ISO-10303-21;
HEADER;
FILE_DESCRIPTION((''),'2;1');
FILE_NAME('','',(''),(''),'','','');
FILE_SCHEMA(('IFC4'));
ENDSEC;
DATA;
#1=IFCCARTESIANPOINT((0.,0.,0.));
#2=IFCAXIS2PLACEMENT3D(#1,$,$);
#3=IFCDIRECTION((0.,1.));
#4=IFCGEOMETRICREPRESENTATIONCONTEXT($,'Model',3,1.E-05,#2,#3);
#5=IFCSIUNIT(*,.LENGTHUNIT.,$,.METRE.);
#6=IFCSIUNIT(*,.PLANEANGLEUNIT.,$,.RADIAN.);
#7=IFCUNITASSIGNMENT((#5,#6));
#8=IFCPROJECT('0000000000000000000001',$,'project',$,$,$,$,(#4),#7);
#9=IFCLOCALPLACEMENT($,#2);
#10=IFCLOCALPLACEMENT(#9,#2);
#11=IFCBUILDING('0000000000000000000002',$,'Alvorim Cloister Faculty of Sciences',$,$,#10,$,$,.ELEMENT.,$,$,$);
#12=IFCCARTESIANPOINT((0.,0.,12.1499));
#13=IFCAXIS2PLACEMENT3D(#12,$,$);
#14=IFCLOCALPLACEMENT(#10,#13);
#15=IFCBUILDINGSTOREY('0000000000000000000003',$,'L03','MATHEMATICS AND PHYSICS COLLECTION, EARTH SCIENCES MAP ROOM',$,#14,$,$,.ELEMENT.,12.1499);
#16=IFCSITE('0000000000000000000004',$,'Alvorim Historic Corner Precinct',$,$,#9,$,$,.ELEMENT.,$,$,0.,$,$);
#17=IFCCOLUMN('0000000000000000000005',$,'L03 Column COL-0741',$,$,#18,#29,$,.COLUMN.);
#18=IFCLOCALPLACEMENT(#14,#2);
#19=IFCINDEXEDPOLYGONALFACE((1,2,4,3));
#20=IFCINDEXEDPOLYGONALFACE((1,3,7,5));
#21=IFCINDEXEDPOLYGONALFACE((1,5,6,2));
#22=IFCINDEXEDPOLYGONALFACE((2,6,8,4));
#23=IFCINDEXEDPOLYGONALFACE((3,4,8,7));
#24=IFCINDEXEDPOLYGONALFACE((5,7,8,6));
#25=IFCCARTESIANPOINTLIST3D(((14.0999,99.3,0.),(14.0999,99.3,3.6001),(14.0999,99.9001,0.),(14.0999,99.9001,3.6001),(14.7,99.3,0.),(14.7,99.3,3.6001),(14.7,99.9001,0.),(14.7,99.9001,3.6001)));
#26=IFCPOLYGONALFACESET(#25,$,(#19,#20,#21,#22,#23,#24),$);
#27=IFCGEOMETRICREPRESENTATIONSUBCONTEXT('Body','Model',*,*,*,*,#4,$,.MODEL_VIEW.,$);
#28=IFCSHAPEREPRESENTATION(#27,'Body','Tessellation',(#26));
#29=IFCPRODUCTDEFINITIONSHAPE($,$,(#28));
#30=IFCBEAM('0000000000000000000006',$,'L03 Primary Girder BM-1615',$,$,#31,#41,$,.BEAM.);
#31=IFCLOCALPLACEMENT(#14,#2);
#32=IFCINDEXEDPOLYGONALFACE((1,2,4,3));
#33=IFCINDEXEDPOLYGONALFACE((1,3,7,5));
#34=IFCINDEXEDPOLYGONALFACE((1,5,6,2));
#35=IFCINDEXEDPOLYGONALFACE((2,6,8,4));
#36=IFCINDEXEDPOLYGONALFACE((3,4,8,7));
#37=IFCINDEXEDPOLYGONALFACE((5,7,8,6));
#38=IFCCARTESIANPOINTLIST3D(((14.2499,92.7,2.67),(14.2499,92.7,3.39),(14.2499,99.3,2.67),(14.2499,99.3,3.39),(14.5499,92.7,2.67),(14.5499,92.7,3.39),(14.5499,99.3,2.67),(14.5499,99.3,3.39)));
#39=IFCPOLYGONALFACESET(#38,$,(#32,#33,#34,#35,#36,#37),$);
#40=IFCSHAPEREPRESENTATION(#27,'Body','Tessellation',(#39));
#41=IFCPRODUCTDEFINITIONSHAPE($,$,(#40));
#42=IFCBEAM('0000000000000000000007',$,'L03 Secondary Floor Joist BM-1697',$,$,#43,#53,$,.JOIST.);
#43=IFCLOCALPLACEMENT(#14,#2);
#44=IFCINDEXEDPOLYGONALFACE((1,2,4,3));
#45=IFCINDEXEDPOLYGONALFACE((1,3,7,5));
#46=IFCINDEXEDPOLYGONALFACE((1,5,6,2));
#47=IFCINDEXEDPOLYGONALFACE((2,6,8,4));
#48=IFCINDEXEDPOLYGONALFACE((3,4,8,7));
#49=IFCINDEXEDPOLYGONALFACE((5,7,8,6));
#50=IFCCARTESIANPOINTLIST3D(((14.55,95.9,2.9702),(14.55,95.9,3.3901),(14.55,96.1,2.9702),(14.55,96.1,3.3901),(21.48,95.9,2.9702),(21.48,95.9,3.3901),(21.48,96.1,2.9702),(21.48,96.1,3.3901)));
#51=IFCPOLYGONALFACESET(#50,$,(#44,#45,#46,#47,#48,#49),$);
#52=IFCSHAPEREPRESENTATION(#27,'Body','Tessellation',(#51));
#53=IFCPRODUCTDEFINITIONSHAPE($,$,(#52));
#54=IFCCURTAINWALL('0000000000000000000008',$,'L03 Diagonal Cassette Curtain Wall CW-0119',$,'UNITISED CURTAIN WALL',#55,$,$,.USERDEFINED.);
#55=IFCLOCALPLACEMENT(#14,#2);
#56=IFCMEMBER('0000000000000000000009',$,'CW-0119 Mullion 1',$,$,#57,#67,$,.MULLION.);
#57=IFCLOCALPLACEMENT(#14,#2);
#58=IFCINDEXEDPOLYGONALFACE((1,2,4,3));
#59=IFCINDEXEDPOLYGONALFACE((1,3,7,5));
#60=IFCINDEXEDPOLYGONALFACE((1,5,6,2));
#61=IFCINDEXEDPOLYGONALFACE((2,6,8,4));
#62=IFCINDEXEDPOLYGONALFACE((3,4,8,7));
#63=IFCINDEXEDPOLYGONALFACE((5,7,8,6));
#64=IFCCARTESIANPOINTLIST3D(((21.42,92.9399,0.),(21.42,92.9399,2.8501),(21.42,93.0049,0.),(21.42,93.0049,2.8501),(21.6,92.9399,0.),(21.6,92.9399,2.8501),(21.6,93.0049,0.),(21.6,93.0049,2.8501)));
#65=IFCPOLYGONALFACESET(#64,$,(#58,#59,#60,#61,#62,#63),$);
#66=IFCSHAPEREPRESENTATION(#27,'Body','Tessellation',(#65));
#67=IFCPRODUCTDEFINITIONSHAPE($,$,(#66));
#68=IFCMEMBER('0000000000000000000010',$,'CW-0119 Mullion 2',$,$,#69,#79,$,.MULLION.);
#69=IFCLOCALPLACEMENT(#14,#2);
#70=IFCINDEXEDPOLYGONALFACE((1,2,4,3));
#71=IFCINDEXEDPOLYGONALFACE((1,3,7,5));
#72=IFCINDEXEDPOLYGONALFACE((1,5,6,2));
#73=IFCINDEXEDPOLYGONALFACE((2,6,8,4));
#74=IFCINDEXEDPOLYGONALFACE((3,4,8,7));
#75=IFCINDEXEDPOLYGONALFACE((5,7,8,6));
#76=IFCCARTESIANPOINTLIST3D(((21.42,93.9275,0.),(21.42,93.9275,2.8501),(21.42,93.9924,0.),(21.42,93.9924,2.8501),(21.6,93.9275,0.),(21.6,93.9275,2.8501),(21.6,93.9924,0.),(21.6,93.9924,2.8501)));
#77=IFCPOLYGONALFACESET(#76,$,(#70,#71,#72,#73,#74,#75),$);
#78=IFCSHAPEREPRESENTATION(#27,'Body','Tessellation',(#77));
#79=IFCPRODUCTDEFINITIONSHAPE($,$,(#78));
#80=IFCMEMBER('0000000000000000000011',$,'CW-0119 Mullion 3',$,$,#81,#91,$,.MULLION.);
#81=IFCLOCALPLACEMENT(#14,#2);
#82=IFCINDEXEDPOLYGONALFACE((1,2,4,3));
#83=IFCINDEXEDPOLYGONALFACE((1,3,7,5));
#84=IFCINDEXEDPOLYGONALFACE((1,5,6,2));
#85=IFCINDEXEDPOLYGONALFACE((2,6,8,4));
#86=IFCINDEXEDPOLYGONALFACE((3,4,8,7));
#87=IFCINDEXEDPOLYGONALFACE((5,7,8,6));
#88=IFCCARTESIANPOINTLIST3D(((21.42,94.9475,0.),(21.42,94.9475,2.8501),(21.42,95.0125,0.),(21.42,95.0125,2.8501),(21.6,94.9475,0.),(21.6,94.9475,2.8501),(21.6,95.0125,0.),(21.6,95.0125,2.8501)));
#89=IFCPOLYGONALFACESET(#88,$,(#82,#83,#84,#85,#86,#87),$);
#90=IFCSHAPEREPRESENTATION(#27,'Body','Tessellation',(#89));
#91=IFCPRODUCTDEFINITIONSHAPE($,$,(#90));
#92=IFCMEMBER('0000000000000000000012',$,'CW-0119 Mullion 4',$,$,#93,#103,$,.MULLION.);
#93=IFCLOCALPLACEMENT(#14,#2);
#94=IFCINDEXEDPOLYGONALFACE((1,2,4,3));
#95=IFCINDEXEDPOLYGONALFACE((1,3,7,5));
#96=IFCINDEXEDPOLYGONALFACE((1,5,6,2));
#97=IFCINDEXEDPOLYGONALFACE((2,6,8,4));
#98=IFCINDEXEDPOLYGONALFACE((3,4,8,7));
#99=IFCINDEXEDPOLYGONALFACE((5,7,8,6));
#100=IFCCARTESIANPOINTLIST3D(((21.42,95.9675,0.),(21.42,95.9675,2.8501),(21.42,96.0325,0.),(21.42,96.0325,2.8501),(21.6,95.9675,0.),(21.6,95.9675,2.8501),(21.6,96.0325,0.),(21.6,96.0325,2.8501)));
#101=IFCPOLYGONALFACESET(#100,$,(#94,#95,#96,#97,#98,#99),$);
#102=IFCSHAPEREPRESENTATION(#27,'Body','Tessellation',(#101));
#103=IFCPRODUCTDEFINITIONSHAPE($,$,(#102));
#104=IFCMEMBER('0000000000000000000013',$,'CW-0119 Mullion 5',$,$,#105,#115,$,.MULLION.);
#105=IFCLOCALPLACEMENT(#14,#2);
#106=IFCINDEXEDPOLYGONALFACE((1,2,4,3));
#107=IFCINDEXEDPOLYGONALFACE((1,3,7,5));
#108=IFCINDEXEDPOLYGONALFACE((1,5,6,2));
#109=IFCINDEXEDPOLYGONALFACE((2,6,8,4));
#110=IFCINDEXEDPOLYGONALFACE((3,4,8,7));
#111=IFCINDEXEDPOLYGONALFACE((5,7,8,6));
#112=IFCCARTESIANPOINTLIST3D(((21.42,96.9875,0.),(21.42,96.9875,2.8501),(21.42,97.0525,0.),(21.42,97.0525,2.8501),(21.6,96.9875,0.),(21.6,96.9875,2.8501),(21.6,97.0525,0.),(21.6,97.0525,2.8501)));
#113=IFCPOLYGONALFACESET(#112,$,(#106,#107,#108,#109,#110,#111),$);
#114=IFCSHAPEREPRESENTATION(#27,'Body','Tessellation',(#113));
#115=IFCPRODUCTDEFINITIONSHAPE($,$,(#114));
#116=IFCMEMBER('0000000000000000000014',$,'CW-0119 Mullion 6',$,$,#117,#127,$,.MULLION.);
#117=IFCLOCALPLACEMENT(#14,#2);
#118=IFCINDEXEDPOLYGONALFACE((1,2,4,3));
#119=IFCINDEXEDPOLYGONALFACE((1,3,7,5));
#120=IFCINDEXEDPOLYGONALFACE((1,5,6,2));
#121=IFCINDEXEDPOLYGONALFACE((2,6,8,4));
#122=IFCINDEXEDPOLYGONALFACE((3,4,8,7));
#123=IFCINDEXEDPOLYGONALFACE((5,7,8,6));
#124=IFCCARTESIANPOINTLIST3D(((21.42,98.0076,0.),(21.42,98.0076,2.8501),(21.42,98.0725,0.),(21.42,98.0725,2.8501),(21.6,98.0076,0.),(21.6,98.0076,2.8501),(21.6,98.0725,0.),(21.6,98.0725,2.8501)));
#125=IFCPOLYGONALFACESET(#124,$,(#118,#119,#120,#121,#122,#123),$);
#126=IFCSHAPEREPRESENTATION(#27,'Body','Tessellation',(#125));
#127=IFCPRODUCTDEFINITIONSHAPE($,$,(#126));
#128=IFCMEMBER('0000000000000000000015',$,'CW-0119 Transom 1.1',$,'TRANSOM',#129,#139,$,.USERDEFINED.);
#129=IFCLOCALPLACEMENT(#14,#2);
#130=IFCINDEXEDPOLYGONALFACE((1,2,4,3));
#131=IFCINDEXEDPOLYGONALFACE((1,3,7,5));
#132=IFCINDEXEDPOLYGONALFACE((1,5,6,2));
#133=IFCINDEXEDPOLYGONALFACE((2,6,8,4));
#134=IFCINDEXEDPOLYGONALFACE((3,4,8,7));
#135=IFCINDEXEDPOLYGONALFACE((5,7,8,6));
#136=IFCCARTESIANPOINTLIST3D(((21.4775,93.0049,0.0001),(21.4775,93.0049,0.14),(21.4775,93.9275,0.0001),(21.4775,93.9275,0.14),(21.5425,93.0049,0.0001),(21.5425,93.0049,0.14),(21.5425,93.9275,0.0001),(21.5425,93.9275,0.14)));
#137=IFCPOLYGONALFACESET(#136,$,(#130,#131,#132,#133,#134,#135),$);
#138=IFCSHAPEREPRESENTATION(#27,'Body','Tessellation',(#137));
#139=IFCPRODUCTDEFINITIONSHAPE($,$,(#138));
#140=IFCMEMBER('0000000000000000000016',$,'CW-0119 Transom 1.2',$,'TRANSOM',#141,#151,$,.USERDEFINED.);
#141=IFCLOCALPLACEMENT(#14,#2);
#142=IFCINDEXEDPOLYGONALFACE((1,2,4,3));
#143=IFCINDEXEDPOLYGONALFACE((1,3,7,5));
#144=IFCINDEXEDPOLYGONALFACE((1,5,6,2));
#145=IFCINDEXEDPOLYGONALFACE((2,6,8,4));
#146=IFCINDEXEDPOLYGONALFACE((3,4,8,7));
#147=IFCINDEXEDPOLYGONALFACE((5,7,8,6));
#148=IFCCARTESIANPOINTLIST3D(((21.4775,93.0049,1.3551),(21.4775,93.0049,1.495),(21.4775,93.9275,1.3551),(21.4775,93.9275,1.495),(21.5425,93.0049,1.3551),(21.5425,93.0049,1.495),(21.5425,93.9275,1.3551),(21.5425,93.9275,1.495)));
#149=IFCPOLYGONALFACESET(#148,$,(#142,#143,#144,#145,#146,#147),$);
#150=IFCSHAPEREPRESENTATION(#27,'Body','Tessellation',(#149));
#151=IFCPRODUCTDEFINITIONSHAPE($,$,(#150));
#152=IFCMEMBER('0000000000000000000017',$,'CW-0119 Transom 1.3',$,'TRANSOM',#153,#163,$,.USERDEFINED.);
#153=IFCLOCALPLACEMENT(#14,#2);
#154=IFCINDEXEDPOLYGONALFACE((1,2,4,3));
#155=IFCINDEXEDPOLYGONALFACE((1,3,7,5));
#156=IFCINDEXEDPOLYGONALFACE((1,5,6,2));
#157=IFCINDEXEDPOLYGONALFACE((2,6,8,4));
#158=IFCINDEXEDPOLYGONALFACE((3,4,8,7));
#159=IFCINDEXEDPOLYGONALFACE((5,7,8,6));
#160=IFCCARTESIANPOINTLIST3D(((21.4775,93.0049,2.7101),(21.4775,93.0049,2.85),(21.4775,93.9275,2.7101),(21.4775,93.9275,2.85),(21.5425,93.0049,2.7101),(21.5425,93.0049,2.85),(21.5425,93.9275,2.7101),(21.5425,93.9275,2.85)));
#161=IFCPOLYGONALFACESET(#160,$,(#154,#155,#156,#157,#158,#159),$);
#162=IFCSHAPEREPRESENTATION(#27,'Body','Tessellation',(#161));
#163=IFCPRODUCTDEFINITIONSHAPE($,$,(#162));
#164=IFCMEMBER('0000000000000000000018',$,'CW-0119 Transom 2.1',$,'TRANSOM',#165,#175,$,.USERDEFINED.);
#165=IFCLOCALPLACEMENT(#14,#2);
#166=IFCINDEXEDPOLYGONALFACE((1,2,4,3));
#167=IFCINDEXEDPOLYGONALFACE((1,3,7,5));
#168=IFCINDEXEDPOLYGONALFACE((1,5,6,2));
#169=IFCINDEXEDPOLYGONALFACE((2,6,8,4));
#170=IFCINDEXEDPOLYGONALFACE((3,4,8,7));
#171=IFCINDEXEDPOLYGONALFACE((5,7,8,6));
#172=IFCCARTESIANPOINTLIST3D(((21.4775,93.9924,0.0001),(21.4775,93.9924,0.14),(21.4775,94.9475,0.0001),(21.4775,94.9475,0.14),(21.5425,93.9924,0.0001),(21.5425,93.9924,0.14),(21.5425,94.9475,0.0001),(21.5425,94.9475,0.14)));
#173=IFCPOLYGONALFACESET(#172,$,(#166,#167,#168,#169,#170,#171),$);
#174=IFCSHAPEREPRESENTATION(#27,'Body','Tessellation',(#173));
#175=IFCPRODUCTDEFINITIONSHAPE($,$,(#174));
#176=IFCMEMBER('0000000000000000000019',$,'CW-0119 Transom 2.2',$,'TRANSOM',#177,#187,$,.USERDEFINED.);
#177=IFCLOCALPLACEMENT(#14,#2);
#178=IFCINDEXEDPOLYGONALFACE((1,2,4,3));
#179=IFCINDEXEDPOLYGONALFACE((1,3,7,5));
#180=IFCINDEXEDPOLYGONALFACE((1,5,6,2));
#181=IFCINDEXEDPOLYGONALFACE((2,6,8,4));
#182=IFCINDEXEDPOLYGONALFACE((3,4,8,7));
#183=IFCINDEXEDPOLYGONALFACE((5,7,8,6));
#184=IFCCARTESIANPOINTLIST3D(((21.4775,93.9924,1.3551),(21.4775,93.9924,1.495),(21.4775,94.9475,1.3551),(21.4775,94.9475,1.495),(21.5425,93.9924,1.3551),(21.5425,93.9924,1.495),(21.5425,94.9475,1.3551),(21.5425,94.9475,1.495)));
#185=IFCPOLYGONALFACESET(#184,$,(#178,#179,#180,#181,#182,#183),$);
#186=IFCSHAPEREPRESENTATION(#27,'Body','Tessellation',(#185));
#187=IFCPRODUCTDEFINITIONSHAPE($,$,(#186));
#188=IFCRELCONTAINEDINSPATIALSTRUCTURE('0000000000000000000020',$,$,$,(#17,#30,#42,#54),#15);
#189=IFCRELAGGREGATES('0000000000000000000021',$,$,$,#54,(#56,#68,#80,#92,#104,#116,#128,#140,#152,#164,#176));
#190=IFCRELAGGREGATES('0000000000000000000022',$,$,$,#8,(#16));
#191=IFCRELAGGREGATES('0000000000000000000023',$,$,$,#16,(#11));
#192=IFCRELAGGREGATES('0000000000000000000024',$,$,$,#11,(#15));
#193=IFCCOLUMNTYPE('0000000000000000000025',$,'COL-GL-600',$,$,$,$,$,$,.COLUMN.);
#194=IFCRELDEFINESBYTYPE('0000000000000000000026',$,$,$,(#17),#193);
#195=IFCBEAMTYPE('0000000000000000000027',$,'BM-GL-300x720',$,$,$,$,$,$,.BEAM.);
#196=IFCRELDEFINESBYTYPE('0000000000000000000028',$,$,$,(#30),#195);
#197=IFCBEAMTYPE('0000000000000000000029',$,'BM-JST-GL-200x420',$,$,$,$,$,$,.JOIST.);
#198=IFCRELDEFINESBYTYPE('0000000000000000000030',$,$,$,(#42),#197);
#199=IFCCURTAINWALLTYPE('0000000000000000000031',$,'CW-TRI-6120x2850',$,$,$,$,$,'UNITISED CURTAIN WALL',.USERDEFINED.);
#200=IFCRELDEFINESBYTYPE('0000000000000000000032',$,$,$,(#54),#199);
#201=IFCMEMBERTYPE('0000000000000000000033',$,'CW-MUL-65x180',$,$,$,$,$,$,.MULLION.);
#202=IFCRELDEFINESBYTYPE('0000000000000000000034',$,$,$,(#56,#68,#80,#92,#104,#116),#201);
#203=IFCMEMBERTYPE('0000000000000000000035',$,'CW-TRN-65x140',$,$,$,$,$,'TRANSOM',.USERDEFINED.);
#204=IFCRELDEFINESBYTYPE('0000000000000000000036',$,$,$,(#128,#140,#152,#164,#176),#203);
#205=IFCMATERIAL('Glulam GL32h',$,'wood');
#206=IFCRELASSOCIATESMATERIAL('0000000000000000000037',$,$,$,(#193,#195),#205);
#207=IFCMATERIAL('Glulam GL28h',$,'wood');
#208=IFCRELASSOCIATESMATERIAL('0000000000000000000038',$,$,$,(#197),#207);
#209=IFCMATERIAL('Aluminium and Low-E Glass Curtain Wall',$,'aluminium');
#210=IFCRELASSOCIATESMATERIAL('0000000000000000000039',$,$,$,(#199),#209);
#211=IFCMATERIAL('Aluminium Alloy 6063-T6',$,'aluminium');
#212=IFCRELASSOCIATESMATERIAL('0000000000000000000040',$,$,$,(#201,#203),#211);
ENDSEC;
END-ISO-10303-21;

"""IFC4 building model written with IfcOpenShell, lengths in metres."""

from ifc_helpers import new_model, si_unit, direction, frame, origin, origin_2d, place, context, subcontext, project, spatial, rectangle, extrude, material, material_profile, profile_set, type_object, element, aggregate, save


model = new_model("IFC4")

# Units and contexts
model_context = context("Model", 3, precision=1e-05, world=origin(), true_north=direction((0.0, 1.0)))
body_context = subcontext(model_context, "Body", "Model", "MODEL_VIEW")
ifc_project = project(units=[si_unit("LENGTHUNIT", "METRE"), si_unit("PLANEANGLEUNIT", "RADIAN")], contexts=[model_context])

# Site, building, storey
site_placement = place(None, origin())
site = spatial("IfcSite", under=ifc_project, at=site_placement, Name="Alvorim Historic Corner Precinct", CompositionType="ELEMENT", RefElevation=0.0)
building_placement = place(site_placement, origin())
building = spatial("IfcBuilding", under=site, at=building_placement, Name="Alvorim Cloister Faculty of Sciences", CompositionType="ELEMENT")
storey_placement = place(building_placement, frame((0.0, 0.0, 12.1499)))
storey = spatial("IfcBuildingStorey", under=building, at=storey_placement, Name="L03", Description="MATHEMATICS AND PHYSICS COLLECTION, EARTH SCIENCES MAP ROOM", CompositionType="ELEMENT", Elevation=12.1499)

# Column
ifc_material_1 = material(Name="Glulam GL32h", Category="wood")
ifc_material_profile_1 = material_profile(ifc_material_1, rectangle(XDim=0.6001, YDim=0.6001, at=origin_2d()), Name="GL32-COL-600x600")
ifc_profile_set_1 = profile_set([ifc_material_profile_1], Name="Glulam GL32h")
column_type = type_object("IfcColumnType", Name="COL-GL-600", PredefinedType="COLUMN", material=ifc_profile_set_1)
column_placement = place(storey_placement, frame((14.3999, 99.6001, 0.0), z_axis=(0.0, 0.0, 1.0), x_axis=(1.0, 0.0, 0.0)))
element("IfcColumn", 1, at=column_placement, inside=storey, type_object=column_type, Name="L03 Column COL-0741", PredefinedType="COLUMN", context=body_context, shape_type="SweptSolid", body=[
    extrude(rectangle(XDim=0.6001, YDim=0.6001, at=origin_2d()), origin(), (0.0, 0.0, 1.0), 3.6001),
])

# Beams
ifc_material_profile_2 = material_profile(ifc_material_1, rectangle(XDim=0.3, YDim=0.72, at=origin_2d()), Name="GL32-BM-300x720")
ifc_profile_set_2 = profile_set([ifc_material_profile_2], Name="Glulam GL32h")
beam_type_1 = type_object("IfcBeamType", Name="BM-GL-300x720", PredefinedType="BEAM", material=ifc_profile_set_2)
beam_1_placement = place(storey_placement, frame((14.3999, 92.7, 3.03), z_axis=(0.0, 1.0, 0.0), x_axis=(-1.0, 0.0, 0.0)))
element("IfcBeam", 2, at=beam_1_placement, inside=storey, type_object=beam_type_1, Name="L03 Primary Girder BM-1615", PredefinedType="BEAM", context=body_context, shape_type="SweptSolid", body=[
    extrude(rectangle(XDim=0.3, YDim=0.72, at=origin_2d()), origin(), (0.0, 0.0, 1.0), 6.6001),
])
ifc_material_2 = material(Name="Glulam GL28h", Category="wood")
ifc_material_profile_3 = material_profile(ifc_material_2, rectangle(XDim=0.2, YDim=0.4199, at=origin_2d()), Name="GL28-JST-200x420")
ifc_profile_set_3 = profile_set([ifc_material_profile_3], Name="Glulam GL28h")
beam_type_2 = type_object("IfcBeamType", Name="BM-JST-GL-200x420", PredefinedType="JOIST", material=ifc_profile_set_3)
beam_2_placement = place(storey_placement, frame((14.55, 96.0, 3.1802), z_axis=(1.0, 0.0, 0.0), x_axis=(0.0, 1.0, 0.0)))
element("IfcBeam", 3, at=beam_2_placement, inside=storey, type_object=beam_type_2, Name="L03 Secondary Floor Joist BM-1697", PredefinedType="JOIST", context=body_context, shape_type="SweptSolid", body=[
    extrude(rectangle(XDim=0.2, YDim=0.4199, at=origin_2d()), origin(), (0.0, 0.0, 1.0), 6.9299),
])

# Curtain wall, members
ifc_material_3 = material(Name="Aluminium and Low-E Glass Curtain Wall", Category="aluminium")
curtain_wall_type = type_object("IfcCurtainWallType", Name="CW-TRI-6120x2850", ElementType="UNITISED CURTAIN WALL", PredefinedType="USERDEFINED", material=ifc_material_3)
curtain_wall_placement = place(storey_placement, origin())
curtain_wall = element("IfcCurtainWall", 4, at=curtain_wall_placement, inside=storey, type_object=curtain_wall_type, Name="L03 Diagonal Cassette Curtain Wall CW-0119", ObjectType="UNITISED CURTAIN WALL", PredefinedType="USERDEFINED")
ifc_material_4 = material(Name="Aluminium Alloy 6063-T6", Category="aluminium")
ifc_material_profile_4 = material_profile(ifc_material_4, rectangle(XDim=0.0649, YDim=0.1799, at=origin_2d()), Name="ALU-MUL-65x180")
ifc_profile_set_4 = profile_set([ifc_material_profile_4], Name="Aluminium Alloy 6063-T6")
member_type_1 = type_object("IfcMemberType", Name="CW-MUL-65x180", PredefinedType="MULLION", material=ifc_profile_set_4)
member_1_placement = place(storey_placement, frame((21.51, 92.9724, 0.0), z_axis=(0.0, 0.0, 1.0), x_axis=(0.0, 1.0, 0.0)))
member_1 = element("IfcMember", 5, at=member_1_placement, type_object=member_type_1, Name="CW-0119 Mullion 1", PredefinedType="MULLION", context=body_context, shape_type="SweptSolid", body=[
    extrude(rectangle(XDim=0.0649, YDim=0.1799, at=origin_2d()), origin(), (0.0, 0.0, 1.0), 2.8501),
])
member_2_placement = place(storey_placement, frame((21.51, 93.96, 0.0), z_axis=(0.0, 0.0, 1.0), x_axis=(0.0, 1.0, 0.0)))
member_2 = element("IfcMember", 6, at=member_2_placement, type_object=member_type_1, Name="CW-0119 Mullion 2", PredefinedType="MULLION", context=body_context, shape_type="SweptSolid", body=[
    extrude(rectangle(XDim=0.0649, YDim=0.1799, at=origin_2d()), origin(), (0.0, 0.0, 1.0), 2.8501),
])
member_3_placement = place(storey_placement, frame((21.51, 94.98, 0.0), z_axis=(0.0, 0.0, 1.0), x_axis=(0.0, 1.0, 0.0)))
member_3 = element("IfcMember", 7, at=member_3_placement, type_object=member_type_1, Name="CW-0119 Mullion 3", PredefinedType="MULLION", context=body_context, shape_type="SweptSolid", body=[
    extrude(rectangle(XDim=0.0649, YDim=0.1799, at=origin_2d()), origin(), (0.0, 0.0, 1.0), 2.8501),
])
member_4_placement = place(storey_placement, frame((21.51, 96.0, 0.0), z_axis=(0.0, 0.0, 1.0), x_axis=(0.0, 1.0, 0.0)))
member_4 = element("IfcMember", 8, at=member_4_placement, type_object=member_type_1, Name="CW-0119 Mullion 4", PredefinedType="MULLION", context=body_context, shape_type="SweptSolid", body=[
    extrude(rectangle(XDim=0.0649, YDim=0.1799, at=origin_2d()), origin(), (0.0, 0.0, 1.0), 2.8501),
])
member_5_placement = place(storey_placement, frame((21.51, 97.02, 0.0), z_axis=(0.0, 0.0, 1.0), x_axis=(0.0, 1.0, 0.0)))
member_5 = element("IfcMember", 9, at=member_5_placement, type_object=member_type_1, Name="CW-0119 Mullion 5", PredefinedType="MULLION", context=body_context, shape_type="SweptSolid", body=[
    extrude(rectangle(XDim=0.0649, YDim=0.1799, at=origin_2d()), origin(), (0.0, 0.0, 1.0), 2.8501),
])
member_6_placement = place(storey_placement, frame((21.51, 98.04, 0.0), z_axis=(0.0, 0.0, 1.0), x_axis=(0.0, 1.0, 0.0)))
member_6 = element("IfcMember", 10, at=member_6_placement, type_object=member_type_1, Name="CW-0119 Mullion 6", PredefinedType="MULLION", context=body_context, shape_type="SweptSolid", body=[
    extrude(rectangle(XDim=0.0649, YDim=0.1799, at=origin_2d()), origin(), (0.0, 0.0, 1.0), 2.8501),
])
ifc_material_profile_5 = material_profile(ifc_material_4, rectangle(XDim=0.0649, YDim=0.1399, at=origin_2d()), Name="ALU-TRN-65x140")
ifc_profile_set_5 = profile_set([ifc_material_profile_5], Name="Aluminium Alloy 6063-T6")
member_type_2 = type_object("IfcMemberType", Name="CW-TRN-65x140", ElementType="TRANSOM", PredefinedType="USERDEFINED", material=ifc_profile_set_5)
member_7_placement = place(storey_placement, frame((21.51, 93.0049, 0.0701), z_axis=(0.0, 1.0, 0.0), x_axis=(-1.0, 0.0, 0.0)))
member_7 = element("IfcMember", 11, at=member_7_placement, type_object=member_type_2, Name="CW-0119 Transom 1.1", ObjectType="TRANSOM", PredefinedType="USERDEFINED", context=body_context, shape_type="SweptSolid", body=[
    extrude(rectangle(XDim=0.0649, YDim=0.1399, at=origin_2d()), origin(), (0.0, 0.0, 1.0), 0.9226),
])
member_8_placement = place(storey_placement, frame((21.51, 93.0049, 1.425), z_axis=(0.0, 1.0, 0.0), x_axis=(-1.0, 0.0, 0.0)))
member_8 = element("IfcMember", 12, at=member_8_placement, type_object=member_type_2, Name="CW-0119 Transom 1.2", ObjectType="TRANSOM", PredefinedType="USERDEFINED", context=body_context, shape_type="SweptSolid", body=[
    extrude(rectangle(XDim=0.0649, YDim=0.1399, at=origin_2d()), origin(), (0.0, 0.0, 1.0), 0.9226),
])
member_9_placement = place(storey_placement, frame((21.51, 93.0049, 2.78), z_axis=(0.0, 1.0, 0.0), x_axis=(-1.0, 0.0, 0.0)))
member_9 = element("IfcMember", 13, at=member_9_placement, type_object=member_type_2, Name="CW-0119 Transom 1.3", ObjectType="TRANSOM", PredefinedType="USERDEFINED", context=body_context, shape_type="SweptSolid", body=[
    extrude(rectangle(XDim=0.0649, YDim=0.1399, at=origin_2d()), origin(), (0.0, 0.0, 1.0), 0.9226),
])
member_10_placement = place(storey_placement, frame((21.51, 93.9924, 0.0701), z_axis=(0.0, 1.0, 0.0), x_axis=(-1.0, 0.0, 0.0)))
member_10 = element("IfcMember", 14, at=member_10_placement, type_object=member_type_2, Name="CW-0119 Transom 2.1", ObjectType="TRANSOM", PredefinedType="USERDEFINED", context=body_context, shape_type="SweptSolid", body=[
    extrude(rectangle(XDim=0.0649, YDim=0.1399, at=origin_2d()), origin(), (0.0, 0.0, 1.0), 0.9551),
])
member_11_placement = place(storey_placement, frame((21.51, 93.9924, 1.425), z_axis=(0.0, 1.0, 0.0), x_axis=(-1.0, 0.0, 0.0)))
member_11 = element("IfcMember", 15, at=member_11_placement, type_object=member_type_2, Name="CW-0119 Transom 2.2", ObjectType="TRANSOM", PredefinedType="USERDEFINED", context=body_context, shape_type="SweptSolid", body=[
    extrude(rectangle(XDim=0.0649, YDim=0.1399, at=origin_2d()), origin(), (0.0, 0.0, 1.0), 0.9551),
])
aggregate(curtain_wall, [member_1, member_2, member_3, member_4, member_5, member_6, member_7, member_8, member_9, member_10, member_11])

save(model, "model.ifc")
